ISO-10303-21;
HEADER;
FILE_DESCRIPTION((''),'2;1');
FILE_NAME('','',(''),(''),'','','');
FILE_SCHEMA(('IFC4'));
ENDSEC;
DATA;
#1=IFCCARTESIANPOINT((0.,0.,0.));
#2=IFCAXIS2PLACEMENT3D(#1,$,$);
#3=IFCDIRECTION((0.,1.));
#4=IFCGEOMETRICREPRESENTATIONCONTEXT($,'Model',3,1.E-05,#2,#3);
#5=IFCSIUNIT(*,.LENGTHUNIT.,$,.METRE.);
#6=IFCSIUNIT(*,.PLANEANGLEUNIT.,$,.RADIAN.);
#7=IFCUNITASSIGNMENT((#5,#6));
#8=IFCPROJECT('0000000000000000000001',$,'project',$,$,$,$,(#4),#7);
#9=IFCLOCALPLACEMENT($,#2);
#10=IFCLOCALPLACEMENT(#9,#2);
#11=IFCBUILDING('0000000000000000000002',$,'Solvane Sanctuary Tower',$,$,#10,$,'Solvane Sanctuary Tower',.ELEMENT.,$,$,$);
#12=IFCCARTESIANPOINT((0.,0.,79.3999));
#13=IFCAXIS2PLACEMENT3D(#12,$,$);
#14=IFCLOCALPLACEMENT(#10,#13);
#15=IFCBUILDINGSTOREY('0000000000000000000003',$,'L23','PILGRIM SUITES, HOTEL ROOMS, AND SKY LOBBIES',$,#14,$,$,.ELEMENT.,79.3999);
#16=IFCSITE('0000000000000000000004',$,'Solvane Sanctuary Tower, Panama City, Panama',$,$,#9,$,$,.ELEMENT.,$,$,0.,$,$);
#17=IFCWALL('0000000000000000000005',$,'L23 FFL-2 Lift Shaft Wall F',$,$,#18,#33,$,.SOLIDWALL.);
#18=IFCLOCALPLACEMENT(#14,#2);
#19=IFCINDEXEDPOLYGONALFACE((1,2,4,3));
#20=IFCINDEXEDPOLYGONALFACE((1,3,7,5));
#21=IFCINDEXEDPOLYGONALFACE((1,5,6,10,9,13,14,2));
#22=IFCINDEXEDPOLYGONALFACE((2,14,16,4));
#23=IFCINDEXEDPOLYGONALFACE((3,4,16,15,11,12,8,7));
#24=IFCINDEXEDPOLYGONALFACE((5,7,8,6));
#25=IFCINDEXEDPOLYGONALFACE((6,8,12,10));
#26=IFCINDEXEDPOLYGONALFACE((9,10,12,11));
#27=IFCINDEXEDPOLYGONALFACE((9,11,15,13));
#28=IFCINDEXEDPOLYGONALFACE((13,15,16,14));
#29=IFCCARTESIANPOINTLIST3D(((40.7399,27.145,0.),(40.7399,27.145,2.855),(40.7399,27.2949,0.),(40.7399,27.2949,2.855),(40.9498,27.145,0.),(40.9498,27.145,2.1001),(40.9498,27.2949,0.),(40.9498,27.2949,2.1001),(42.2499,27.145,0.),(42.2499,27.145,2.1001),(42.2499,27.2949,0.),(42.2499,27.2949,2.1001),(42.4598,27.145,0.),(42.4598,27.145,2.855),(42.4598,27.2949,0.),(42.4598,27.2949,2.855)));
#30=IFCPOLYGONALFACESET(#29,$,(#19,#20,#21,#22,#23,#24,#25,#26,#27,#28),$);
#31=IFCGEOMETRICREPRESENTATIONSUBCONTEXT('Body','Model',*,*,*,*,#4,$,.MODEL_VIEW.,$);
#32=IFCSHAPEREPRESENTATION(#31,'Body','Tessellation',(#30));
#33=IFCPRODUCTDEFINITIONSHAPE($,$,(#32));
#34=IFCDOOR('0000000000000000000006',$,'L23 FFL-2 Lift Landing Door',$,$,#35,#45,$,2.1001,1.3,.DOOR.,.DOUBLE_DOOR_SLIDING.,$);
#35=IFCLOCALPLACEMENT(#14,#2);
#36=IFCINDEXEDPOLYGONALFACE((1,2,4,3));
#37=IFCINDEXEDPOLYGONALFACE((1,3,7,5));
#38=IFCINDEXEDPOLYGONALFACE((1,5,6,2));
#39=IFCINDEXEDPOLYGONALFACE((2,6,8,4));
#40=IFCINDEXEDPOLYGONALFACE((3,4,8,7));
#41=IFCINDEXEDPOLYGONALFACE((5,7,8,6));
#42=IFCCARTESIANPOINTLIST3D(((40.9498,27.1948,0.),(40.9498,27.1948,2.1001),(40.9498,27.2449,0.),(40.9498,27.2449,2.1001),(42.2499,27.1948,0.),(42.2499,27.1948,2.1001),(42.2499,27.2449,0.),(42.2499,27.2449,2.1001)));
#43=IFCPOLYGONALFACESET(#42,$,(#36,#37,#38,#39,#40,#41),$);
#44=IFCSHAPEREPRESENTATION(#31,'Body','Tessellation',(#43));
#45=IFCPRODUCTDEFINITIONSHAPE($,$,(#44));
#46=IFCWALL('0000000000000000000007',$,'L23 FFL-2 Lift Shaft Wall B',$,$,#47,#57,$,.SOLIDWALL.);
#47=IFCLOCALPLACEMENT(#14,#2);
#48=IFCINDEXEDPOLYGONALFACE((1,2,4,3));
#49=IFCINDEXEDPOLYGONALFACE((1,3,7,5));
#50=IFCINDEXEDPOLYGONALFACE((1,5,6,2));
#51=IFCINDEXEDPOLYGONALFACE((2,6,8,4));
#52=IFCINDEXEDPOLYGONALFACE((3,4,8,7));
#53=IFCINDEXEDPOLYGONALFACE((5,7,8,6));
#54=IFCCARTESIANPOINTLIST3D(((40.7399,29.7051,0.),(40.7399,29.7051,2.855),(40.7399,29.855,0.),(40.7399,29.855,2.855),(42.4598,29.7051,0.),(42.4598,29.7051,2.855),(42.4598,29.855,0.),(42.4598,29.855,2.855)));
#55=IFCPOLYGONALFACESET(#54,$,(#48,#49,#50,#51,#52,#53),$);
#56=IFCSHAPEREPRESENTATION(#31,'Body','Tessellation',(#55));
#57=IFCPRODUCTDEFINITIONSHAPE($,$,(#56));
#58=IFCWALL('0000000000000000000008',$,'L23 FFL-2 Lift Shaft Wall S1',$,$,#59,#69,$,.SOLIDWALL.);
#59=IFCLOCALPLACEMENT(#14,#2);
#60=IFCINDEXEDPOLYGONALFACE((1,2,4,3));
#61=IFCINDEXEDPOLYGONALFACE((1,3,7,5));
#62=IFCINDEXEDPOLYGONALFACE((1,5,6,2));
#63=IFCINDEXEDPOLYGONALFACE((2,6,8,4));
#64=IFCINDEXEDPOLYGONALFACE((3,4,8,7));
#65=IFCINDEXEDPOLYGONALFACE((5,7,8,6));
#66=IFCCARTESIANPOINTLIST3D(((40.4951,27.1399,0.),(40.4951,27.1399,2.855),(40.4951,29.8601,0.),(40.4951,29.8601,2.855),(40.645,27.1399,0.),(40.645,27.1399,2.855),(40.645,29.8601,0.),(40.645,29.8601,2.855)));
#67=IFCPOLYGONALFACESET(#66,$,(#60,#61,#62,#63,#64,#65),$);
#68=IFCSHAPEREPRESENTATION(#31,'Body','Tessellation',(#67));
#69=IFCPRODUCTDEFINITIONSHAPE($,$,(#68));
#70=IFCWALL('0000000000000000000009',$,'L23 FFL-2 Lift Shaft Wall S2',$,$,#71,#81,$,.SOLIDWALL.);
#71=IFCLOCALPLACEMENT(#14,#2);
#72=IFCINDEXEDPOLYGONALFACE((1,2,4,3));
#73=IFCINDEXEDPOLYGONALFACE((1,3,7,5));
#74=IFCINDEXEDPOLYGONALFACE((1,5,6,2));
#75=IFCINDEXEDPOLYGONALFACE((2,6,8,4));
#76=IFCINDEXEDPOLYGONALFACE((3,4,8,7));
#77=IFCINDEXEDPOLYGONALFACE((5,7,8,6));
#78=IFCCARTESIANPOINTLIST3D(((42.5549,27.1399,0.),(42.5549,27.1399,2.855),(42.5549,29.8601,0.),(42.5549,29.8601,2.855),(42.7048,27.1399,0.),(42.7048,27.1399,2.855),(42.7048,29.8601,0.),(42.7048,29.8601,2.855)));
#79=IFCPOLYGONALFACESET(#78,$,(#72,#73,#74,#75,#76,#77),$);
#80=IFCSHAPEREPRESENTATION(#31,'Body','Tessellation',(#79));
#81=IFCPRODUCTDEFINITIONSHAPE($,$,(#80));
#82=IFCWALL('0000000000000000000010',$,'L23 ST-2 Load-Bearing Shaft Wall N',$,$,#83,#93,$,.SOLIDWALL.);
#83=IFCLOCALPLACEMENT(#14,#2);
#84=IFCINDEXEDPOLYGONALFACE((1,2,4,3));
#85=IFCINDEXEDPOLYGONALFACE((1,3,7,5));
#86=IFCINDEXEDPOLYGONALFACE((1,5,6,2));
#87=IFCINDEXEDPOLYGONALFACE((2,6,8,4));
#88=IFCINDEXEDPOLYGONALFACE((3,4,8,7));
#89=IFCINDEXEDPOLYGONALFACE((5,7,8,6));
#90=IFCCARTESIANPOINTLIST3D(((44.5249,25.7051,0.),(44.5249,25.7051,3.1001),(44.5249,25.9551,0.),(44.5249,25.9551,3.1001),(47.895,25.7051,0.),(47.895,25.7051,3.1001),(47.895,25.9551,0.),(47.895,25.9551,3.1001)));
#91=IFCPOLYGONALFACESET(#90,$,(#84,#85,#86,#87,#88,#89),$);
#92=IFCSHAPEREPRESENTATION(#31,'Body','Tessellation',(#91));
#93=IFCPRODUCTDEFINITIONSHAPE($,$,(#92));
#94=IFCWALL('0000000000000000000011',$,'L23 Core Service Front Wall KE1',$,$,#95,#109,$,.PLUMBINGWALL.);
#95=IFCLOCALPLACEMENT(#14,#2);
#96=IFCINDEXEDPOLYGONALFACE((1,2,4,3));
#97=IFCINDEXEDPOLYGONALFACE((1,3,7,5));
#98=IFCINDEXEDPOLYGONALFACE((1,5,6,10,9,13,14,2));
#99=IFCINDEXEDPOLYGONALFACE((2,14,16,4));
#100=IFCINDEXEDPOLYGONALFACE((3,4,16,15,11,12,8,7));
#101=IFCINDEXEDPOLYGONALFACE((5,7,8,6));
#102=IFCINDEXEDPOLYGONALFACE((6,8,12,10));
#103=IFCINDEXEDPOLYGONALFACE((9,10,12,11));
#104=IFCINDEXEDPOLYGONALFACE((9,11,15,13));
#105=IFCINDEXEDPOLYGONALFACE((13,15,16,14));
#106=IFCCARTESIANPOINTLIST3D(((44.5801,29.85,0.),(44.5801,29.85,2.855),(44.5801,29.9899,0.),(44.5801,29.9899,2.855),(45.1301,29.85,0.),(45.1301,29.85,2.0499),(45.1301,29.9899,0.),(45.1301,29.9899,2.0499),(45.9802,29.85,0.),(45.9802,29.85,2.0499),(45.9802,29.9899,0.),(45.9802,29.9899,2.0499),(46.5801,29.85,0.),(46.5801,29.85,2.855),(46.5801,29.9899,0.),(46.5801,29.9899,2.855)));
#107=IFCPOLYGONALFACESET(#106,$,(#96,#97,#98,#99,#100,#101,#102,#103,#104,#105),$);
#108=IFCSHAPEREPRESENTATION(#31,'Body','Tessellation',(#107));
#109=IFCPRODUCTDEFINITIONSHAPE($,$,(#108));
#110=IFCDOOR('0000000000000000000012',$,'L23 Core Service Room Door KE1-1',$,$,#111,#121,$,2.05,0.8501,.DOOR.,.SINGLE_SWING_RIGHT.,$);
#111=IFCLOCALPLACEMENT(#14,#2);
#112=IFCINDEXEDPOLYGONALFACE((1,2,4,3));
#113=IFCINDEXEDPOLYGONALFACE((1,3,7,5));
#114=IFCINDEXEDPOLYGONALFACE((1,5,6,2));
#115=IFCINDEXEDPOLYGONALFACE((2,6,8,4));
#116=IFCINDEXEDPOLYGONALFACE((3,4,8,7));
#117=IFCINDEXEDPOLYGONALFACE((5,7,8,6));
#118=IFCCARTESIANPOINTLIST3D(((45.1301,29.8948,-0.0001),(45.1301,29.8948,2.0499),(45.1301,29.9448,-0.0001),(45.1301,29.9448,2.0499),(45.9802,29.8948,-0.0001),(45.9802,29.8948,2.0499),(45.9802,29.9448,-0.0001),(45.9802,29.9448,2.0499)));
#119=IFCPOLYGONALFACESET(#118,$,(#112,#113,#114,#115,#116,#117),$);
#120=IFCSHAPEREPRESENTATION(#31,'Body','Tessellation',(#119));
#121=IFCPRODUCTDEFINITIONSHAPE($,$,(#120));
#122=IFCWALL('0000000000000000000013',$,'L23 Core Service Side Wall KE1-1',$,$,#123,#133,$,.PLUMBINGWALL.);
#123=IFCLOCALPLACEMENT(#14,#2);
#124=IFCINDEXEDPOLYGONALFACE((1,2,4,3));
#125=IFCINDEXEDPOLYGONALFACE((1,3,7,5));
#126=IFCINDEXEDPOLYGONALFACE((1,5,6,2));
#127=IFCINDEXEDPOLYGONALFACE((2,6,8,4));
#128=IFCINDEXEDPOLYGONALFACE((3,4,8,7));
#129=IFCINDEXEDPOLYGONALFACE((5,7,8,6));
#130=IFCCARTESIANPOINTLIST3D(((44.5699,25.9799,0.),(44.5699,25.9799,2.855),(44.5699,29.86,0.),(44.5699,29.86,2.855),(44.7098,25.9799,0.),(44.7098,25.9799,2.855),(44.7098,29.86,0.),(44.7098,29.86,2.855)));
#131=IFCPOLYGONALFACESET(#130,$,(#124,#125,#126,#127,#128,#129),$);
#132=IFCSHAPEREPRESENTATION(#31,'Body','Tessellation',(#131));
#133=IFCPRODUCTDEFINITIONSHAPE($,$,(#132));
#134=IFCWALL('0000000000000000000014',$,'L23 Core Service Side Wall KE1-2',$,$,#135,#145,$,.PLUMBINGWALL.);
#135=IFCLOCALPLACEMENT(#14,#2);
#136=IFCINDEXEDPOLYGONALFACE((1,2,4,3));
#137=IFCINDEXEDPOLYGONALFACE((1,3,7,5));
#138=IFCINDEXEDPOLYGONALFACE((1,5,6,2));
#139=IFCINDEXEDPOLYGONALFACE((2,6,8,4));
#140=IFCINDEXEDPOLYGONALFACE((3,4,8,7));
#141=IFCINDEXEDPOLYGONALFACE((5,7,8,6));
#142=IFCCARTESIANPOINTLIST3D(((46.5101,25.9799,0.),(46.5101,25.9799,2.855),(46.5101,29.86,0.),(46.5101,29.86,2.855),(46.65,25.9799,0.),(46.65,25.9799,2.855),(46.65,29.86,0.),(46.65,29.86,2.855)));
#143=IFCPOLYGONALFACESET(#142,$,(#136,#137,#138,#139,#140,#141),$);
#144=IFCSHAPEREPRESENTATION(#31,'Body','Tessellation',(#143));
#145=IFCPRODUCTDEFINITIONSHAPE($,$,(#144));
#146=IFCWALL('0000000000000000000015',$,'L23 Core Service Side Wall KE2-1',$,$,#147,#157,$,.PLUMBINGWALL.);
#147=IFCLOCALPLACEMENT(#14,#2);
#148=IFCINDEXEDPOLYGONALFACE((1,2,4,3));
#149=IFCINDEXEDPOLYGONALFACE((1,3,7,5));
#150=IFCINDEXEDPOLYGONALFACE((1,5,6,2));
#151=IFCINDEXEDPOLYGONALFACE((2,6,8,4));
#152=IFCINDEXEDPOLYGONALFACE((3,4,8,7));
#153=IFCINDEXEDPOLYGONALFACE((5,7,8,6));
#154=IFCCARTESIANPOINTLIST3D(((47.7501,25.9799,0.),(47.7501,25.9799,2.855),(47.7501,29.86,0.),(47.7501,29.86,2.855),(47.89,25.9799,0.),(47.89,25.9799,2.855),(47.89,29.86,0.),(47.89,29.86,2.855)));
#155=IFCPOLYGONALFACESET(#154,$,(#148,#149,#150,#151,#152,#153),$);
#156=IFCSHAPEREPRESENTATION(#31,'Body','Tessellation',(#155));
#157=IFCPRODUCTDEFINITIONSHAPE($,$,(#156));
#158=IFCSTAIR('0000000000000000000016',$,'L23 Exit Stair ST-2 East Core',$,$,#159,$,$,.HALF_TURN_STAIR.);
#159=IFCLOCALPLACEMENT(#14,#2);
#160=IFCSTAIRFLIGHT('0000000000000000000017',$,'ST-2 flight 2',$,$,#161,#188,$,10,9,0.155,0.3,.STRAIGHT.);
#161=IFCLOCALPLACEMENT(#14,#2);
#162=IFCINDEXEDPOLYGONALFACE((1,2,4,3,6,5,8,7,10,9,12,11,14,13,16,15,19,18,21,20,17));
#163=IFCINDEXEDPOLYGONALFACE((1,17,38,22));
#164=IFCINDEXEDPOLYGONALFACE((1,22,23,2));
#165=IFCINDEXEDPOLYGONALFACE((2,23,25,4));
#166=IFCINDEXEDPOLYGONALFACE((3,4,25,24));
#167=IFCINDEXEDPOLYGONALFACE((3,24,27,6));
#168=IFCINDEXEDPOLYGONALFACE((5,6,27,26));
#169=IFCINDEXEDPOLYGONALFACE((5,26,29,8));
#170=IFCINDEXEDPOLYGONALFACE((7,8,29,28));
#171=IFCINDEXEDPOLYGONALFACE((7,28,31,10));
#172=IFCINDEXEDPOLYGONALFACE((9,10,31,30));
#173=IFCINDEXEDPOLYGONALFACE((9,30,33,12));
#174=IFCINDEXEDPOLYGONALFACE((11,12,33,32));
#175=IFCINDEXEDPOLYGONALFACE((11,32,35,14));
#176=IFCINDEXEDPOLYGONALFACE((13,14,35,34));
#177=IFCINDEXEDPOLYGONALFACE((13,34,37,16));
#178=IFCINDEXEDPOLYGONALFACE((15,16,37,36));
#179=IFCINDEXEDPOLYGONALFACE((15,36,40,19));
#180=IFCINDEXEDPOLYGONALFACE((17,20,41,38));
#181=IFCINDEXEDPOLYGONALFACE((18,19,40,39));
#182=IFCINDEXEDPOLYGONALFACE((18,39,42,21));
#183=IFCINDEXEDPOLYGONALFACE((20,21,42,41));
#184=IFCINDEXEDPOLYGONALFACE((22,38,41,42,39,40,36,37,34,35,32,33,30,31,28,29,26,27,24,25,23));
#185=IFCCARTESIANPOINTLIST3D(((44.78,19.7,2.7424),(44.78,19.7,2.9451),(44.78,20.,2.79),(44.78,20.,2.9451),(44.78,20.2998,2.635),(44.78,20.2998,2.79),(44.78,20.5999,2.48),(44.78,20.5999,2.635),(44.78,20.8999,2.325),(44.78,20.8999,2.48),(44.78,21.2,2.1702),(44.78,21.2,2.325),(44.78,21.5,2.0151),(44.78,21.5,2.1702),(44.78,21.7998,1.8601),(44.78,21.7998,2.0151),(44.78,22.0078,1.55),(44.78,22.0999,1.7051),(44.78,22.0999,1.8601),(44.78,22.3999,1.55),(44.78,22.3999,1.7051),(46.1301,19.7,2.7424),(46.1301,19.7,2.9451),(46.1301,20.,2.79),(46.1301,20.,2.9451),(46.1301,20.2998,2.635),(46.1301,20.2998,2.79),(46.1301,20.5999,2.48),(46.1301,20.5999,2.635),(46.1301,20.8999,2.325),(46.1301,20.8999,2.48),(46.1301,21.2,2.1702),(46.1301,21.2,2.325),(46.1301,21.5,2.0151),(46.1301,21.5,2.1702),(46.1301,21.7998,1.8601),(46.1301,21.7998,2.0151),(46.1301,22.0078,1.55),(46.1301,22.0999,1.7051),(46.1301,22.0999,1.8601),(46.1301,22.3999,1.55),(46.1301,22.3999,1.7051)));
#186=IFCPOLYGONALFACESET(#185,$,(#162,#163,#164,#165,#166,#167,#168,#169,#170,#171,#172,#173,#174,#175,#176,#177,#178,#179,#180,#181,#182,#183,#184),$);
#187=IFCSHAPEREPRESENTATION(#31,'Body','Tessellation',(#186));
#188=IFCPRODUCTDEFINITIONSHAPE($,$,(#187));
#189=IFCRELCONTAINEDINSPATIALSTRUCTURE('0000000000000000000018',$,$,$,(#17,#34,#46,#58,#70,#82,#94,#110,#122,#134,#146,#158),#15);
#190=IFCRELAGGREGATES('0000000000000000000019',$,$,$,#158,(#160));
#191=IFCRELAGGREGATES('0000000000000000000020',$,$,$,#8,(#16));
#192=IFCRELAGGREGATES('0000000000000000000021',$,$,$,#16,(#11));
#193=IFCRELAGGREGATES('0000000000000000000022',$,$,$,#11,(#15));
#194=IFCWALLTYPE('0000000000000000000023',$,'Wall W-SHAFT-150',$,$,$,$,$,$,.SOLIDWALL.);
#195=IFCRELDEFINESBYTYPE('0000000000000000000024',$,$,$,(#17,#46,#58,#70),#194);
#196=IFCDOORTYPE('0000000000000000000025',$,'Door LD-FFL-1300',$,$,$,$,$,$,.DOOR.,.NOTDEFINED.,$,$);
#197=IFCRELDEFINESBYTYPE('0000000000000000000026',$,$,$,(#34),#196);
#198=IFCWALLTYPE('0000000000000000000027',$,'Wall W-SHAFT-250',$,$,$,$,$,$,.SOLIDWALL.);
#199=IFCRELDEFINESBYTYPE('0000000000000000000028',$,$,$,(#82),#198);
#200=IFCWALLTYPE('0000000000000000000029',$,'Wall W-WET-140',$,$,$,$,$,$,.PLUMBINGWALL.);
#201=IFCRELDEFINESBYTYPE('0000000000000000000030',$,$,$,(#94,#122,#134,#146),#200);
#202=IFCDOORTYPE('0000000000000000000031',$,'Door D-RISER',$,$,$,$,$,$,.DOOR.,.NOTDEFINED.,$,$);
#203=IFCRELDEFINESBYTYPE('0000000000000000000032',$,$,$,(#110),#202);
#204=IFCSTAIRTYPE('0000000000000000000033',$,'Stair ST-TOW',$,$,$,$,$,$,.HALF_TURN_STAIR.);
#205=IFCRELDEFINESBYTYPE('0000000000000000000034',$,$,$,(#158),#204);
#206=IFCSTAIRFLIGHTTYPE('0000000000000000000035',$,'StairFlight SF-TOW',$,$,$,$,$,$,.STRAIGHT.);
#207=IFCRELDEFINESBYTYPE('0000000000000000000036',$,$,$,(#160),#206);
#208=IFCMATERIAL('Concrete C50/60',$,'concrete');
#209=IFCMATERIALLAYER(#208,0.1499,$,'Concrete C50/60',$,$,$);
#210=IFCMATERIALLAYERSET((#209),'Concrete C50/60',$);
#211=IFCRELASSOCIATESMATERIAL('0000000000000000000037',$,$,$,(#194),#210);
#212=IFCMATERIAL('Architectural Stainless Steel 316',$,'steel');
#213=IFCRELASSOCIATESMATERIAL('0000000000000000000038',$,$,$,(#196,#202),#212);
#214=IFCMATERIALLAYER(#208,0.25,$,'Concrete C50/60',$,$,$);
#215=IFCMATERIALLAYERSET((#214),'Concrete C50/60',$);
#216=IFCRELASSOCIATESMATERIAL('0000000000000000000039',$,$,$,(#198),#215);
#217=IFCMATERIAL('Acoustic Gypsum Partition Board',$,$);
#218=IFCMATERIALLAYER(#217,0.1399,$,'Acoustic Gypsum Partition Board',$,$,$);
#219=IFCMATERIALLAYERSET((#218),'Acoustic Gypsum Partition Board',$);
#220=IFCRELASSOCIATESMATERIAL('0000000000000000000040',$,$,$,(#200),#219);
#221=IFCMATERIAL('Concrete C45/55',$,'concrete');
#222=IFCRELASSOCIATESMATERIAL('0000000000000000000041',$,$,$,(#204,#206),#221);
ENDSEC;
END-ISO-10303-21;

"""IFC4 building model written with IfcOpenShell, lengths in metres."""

from ifc_helpers import new_model, si_unit, direction, frame, frame_2d, origin, place, context, subcontext, project, spatial, polyline, rectangle, outline, extrude, material, layer, layer_set, type_object, element, fill, aggregate, save


model = new_model("IFC4")

# Units and contexts
model_context = context("Model", 3, precision=1e-05, world=origin(), true_north=direction((0.0, 1.0)))
body_context = subcontext(model_context, "Body", "Model", "MODEL_VIEW")
ifc_project = project(units=[si_unit("LENGTHUNIT", "METRE"), si_unit("PLANEANGLEUNIT", "RADIAN")], contexts=[model_context])

# Site, building, storey
site_placement = place(None, origin())
site = spatial("IfcSite", under=ifc_project, at=site_placement, Name="Solvane Sanctuary Tower, Panama City, Panama", CompositionType="ELEMENT", RefElevation=0.0)
building_placement = place(site_placement, origin())
building = spatial("IfcBuilding", under=site, at=building_placement, Name="Solvane Sanctuary Tower", LongName="Solvane Sanctuary Tower", CompositionType="ELEMENT")
storey_placement = place(building_placement, frame((0.0, 0.0, 79.3999)))
storey = spatial("IfcBuildingStorey", under=building, at=storey_placement, Name="L23", Description="PILGRIM SUITES, HOTEL ROOMS, AND SKY LOBBIES", CompositionType="ELEMENT", Elevation=79.3999)

# Shared definitions
ifc_material_1 = material(Name="Acoustic Gypsum Partition Board")

# Shared definitions
ifc_material_2 = material(Name="Concrete C50/60", Category="concrete")
ifc_layer_1 = layer(ifc_material_2, 0.1499, Name="Concrete C50/60")
ifc_layer_set_1 = layer_set([ifc_layer_1], Name="Concrete C50/60")
wall_type_1 = type_object("IfcWallType", Name="Wall W-SHAFT-150", PredefinedType="SOLIDWALL", material=ifc_layer_set_1)

# Wall, opening, door
wall_1_placement = place(storey_placement, frame((40.74, 27.22, 0.0), z_axis=(0.0, 0.0, 1.0), x_axis=(1.0, 0.0, 0.0)))
wall_1 = element("IfcWall", 1, at=wall_1_placement, inside=storey, type_object=wall_type_1, Name="L23 FFL-2 Lift Shaft Wall F", PredefinedType="SOLIDWALL", context=body_context, shape_type="SweptSolid", body=[
    extrude(rectangle(XDim=1.72, YDim=0.1499, at=frame_2d((0.8599, 0.0))), origin(), (0.0, 0.0, 1.0), 2.855),
])
opening_1_placement = place(wall_1_placement, frame((0.21, 0.0, 0.0)))
opening_1 = element("IfcOpeningElement", 2, at=opening_1_placement, cuts=wall_1, PredefinedType="OPENING", context=body_context, shape_type="SweptSolid", body=[
    extrude(rectangle(XDim=1.3, YDim=2.1001, at=frame_2d((0.6499, 1.05))), frame((0.0, 0.085, 0.0), z_axis=(0.0, -1.0, 0.0), x_axis=(1.0, 0.0, 0.0)), (0.0, 0.0, 1.0), 0.1699),
])
ifc_material_3 = material(Name="Architectural Stainless Steel 316", Category="steel")
door_type_1 = type_object("IfcDoorType", Name="Door LD-FFL-1300", OperationType="NOTDEFINED", PredefinedType="DOOR", material=ifc_material_3)
door_1_placement = place(opening_1_placement, origin())
door_1 = element("IfcDoor", 3, at=door_1_placement, inside=storey, type_object=door_type_1, Name="L23 FFL-2 Lift Landing Door", OperationType="DOUBLE_DOOR_SLIDING", OverallHeight=2.1001, OverallWidth=1.3, PredefinedType="DOOR", context=body_context, shape_type="SweptSolid", body=[
    extrude(rectangle(XDim=1.3, YDim=2.1001, at=frame_2d((0.6499, 1.05))), frame((0.0, 0.0249, 0.0), z_axis=(0.0, -1.0, 0.0), x_axis=(1.0, 0.0, 0.0)), (0.0, 0.0, 1.0), 0.05),
])
fill(opening_1, door_1)

# Walls
wall_2_placement = place(storey_placement, frame((40.74, 29.78, 0.0), z_axis=(0.0, 0.0, 1.0), x_axis=(1.0, 0.0, 0.0)))
element("IfcWall", 4, at=wall_2_placement, inside=storey, type_object=wall_type_1, Name="L23 FFL-2 Lift Shaft Wall B", PredefinedType="SOLIDWALL", context=body_context, shape_type="SweptSolid", body=[
    extrude(rectangle(XDim=1.72, YDim=0.1499, at=frame_2d((0.8599, 0.0))), origin(), (0.0, 0.0, 1.0), 2.855),
])
for number, where, z_axis, x_axis, name in (
    (5, (40.5701, 27.1399, 0.0), (0.0, 0.0, 1.0), (0.0, 1.0, 0.0), "L23 FFL-2 Lift Shaft Wall S1"),
    (6, (42.6299, 27.1399, 0.0), (0.0, 0.0, 1.0), (0.0, 1.0, 0.0), "L23 FFL-2 Lift Shaft Wall S2"),
):
    element("IfcWall", number, at=place(storey_placement, frame(where, z_axis=z_axis, x_axis=x_axis)), inside=storey, type_object=wall_type_1, Name=name, PredefinedType="SOLIDWALL", context=body_context, shape_type="SweptSolid", body=[
        extrude(rectangle(XDim=2.7202, YDim=0.1499, at=frame_2d((1.3601, 0.0))), origin(), (0.0, 0.0, 1.0), 2.855),
    ])
ifc_layer_2 = layer(ifc_material_2, 0.25, Name="Concrete C50/60")
ifc_layer_set_2 = layer_set([ifc_layer_2], Name="Concrete C50/60")
wall_type_2 = type_object("IfcWallType", Name="Wall W-SHAFT-250", PredefinedType="SOLIDWALL", material=ifc_layer_set_2)
wall_3_placement = place(storey_placement, frame((44.5249, 25.8301, 0.0), z_axis=(0.0, 0.0, 1.0), x_axis=(1.0, 0.0, 0.0)))
element("IfcWall", 7, at=wall_3_placement, inside=storey, type_object=wall_type_2, Name="L23 ST-2 Load-Bearing Shaft Wall N", PredefinedType="SOLIDWALL", context=body_context, shape_type="SweptSolid", body=[
    extrude(rectangle(XDim=3.3701, YDim=0.25, at=frame_2d((1.6851, 0.0))), origin(), (0.0, 0.0, 1.0), 3.1001),
])

# Wall, opening, door
ifc_layer_3 = layer(ifc_material_1, 0.1399, Name="Acoustic Gypsum Partition Board")
ifc_layer_set_3 = layer_set([ifc_layer_3], Name="Acoustic Gypsum Partition Board")
wall_type_3 = type_object("IfcWallType", Name="Wall W-WET-140", PredefinedType="PLUMBINGWALL", material=ifc_layer_set_3)
wall_4_placement = place(storey_placement, frame((44.5801, 29.9199, 0.0), z_axis=(0.0, 0.0, 1.0), x_axis=(1.0, 0.0, 0.0)))
wall_4 = element("IfcWall", 8, at=wall_4_placement, inside=storey, type_object=wall_type_3, Name="L23 Core Service Front Wall KE1", PredefinedType="PLUMBINGWALL", context=body_context, shape_type="SweptSolid", body=[
    extrude(rectangle(XDim=2.0, YDim=0.1399, at=frame_2d((1.0, 0.0))), origin(), (0.0, 0.0, 1.0), 2.855),
])
opening_2_placement = place(wall_4_placement, frame((0.55, 0.0, 0.0)))
opening_2 = element("IfcOpeningElement", 9, at=opening_2_placement, cuts=wall_4, PredefinedType="OPENING", context=body_context, shape_type="SweptSolid", body=[
    extrude(rectangle(XDim=0.8501, YDim=2.05, at=frame_2d((0.425, 1.0249))), frame((0.0, 0.0798, 0.0), z_axis=(0.0, -1.0, 0.0), x_axis=(1.0, 0.0, 0.0)), (0.0, 0.0, 1.0), 0.1599),
])
door_type_2 = type_object("IfcDoorType", Name="Door D-RISER", OperationType="NOTDEFINED", PredefinedType="DOOR", material=ifc_material_3)
door_2_placement = place(opening_2_placement, origin())
door_2 = element("IfcDoor", 10, at=door_2_placement, inside=storey, type_object=door_type_2, Name="L23 Core Service Room Door KE1-1", OperationType="SINGLE_SWING_RIGHT", OverallHeight=2.05, OverallWidth=0.8501, PredefinedType="DOOR", context=body_context, shape_type="SweptSolid", body=[
    extrude(rectangle(XDim=0.8501, YDim=2.05, at=frame_2d((0.425, 1.0249))), frame((0.0, 0.0249, 0.0), z_axis=(0.0, -1.0, 0.0), x_axis=(1.0, 0.0, 0.0)), (0.0, 0.0, 1.0), 0.05),
])
fill(opening_2, door_2)

# Walls
for number, where, z_axis, x_axis, name in (
    (11, (44.6399, 25.98, 0.0), (0.0, 0.0, 1.0), (0.0, 1.0, 0.0), "L23 Core Service Side Wall KE1-1"),
    (12, (46.5801, 25.98, 0.0), (0.0, 0.0, 1.0), (0.0, 1.0, 0.0), "L23 Core Service Side Wall KE1-2"),
    (13, (47.8201, 25.98, 0.0), (0.0, 0.0, 1.0), (0.0, 1.0, 0.0), "L23 Core Service Side Wall KE2-1"),
):
    element("IfcWall", number, at=place(storey_placement, frame(where, z_axis=z_axis, x_axis=x_axis)), inside=storey, type_object=wall_type_3, Name=name, PredefinedType="PLUMBINGWALL", context=body_context, shape_type="SweptSolid", body=[
        extrude(rectangle(XDim=3.8801, YDim=0.1399, at=frame_2d((1.9399, 0.0))), origin(), (0.0, 0.0, 1.0), 2.855),
    ])

# Stair, stair flight
ifc_material_4 = material(Name="Concrete C45/55", Category="concrete")
stair_type = type_object("IfcStairType", Name="Stair ST-TOW", PredefinedType="HALF_TURN_STAIR", material=ifc_material_4)
stair_placement = place(storey_placement, origin())
stair = element("IfcStair", 14, at=stair_placement, inside=storey, type_object=stair_type, Name="L23 Exit Stair ST-2 East Core", PredefinedType="HALF_TURN_STAIR")
stair_flight_type = type_object("IfcStairFlightType", Name="StairFlight SF-TOW", PredefinedType="STRAIGHT", material=ifc_material_4)
stair_flight_placement = place(storey_placement, frame((45.4551, 22.3999, 1.55), z_axis=(0.0, 0.0, 1.0), x_axis=(0.0, -1.0, 0.0)))
stair_flight = element("IfcStairFlight", 15, at=stair_flight_placement, type_object=stair_flight_type, Name="ST-2 flight 2", NumberOfRisers=10, NumberOfTreads=9, PredefinedType="STRAIGHT", RiserHeight=0.155, TreadLength=0.3, context=body_context, shape_type="SweptSolid", body=[
    extrude(outline(polyline([(0.0, 0.0), (0.0, 0.155), (0.3, 0.155), (0.3, 0.3101), (0.6001, 0.3101), (0.6001, 0.4651), (0.8999, 0.4651), (0.8999, 0.6201), (1.2, 0.6201), (1.2, 0.7749), (1.5, 0.7749), (1.5, 0.9299), (1.8, 0.9299), (1.8, 1.085), (2.1001, 1.085), (2.1001, 1.24), (2.3999, 1.24), (2.3999, 1.395), (2.7, 1.395), (2.7, 1.55), (2.7, 1.1924), (0.3921, 0.0), (0.0, 0.0)])), frame((0.0, 0.675, 0.0), z_axis=(0.0, -1.0, 0.0), x_axis=(1.0, 0.0, 0.0)), (0.0, 0.0, 1.0), 1.3501),
])
aggregate(stair, [stair_flight])

save(model, "model.ifc")
